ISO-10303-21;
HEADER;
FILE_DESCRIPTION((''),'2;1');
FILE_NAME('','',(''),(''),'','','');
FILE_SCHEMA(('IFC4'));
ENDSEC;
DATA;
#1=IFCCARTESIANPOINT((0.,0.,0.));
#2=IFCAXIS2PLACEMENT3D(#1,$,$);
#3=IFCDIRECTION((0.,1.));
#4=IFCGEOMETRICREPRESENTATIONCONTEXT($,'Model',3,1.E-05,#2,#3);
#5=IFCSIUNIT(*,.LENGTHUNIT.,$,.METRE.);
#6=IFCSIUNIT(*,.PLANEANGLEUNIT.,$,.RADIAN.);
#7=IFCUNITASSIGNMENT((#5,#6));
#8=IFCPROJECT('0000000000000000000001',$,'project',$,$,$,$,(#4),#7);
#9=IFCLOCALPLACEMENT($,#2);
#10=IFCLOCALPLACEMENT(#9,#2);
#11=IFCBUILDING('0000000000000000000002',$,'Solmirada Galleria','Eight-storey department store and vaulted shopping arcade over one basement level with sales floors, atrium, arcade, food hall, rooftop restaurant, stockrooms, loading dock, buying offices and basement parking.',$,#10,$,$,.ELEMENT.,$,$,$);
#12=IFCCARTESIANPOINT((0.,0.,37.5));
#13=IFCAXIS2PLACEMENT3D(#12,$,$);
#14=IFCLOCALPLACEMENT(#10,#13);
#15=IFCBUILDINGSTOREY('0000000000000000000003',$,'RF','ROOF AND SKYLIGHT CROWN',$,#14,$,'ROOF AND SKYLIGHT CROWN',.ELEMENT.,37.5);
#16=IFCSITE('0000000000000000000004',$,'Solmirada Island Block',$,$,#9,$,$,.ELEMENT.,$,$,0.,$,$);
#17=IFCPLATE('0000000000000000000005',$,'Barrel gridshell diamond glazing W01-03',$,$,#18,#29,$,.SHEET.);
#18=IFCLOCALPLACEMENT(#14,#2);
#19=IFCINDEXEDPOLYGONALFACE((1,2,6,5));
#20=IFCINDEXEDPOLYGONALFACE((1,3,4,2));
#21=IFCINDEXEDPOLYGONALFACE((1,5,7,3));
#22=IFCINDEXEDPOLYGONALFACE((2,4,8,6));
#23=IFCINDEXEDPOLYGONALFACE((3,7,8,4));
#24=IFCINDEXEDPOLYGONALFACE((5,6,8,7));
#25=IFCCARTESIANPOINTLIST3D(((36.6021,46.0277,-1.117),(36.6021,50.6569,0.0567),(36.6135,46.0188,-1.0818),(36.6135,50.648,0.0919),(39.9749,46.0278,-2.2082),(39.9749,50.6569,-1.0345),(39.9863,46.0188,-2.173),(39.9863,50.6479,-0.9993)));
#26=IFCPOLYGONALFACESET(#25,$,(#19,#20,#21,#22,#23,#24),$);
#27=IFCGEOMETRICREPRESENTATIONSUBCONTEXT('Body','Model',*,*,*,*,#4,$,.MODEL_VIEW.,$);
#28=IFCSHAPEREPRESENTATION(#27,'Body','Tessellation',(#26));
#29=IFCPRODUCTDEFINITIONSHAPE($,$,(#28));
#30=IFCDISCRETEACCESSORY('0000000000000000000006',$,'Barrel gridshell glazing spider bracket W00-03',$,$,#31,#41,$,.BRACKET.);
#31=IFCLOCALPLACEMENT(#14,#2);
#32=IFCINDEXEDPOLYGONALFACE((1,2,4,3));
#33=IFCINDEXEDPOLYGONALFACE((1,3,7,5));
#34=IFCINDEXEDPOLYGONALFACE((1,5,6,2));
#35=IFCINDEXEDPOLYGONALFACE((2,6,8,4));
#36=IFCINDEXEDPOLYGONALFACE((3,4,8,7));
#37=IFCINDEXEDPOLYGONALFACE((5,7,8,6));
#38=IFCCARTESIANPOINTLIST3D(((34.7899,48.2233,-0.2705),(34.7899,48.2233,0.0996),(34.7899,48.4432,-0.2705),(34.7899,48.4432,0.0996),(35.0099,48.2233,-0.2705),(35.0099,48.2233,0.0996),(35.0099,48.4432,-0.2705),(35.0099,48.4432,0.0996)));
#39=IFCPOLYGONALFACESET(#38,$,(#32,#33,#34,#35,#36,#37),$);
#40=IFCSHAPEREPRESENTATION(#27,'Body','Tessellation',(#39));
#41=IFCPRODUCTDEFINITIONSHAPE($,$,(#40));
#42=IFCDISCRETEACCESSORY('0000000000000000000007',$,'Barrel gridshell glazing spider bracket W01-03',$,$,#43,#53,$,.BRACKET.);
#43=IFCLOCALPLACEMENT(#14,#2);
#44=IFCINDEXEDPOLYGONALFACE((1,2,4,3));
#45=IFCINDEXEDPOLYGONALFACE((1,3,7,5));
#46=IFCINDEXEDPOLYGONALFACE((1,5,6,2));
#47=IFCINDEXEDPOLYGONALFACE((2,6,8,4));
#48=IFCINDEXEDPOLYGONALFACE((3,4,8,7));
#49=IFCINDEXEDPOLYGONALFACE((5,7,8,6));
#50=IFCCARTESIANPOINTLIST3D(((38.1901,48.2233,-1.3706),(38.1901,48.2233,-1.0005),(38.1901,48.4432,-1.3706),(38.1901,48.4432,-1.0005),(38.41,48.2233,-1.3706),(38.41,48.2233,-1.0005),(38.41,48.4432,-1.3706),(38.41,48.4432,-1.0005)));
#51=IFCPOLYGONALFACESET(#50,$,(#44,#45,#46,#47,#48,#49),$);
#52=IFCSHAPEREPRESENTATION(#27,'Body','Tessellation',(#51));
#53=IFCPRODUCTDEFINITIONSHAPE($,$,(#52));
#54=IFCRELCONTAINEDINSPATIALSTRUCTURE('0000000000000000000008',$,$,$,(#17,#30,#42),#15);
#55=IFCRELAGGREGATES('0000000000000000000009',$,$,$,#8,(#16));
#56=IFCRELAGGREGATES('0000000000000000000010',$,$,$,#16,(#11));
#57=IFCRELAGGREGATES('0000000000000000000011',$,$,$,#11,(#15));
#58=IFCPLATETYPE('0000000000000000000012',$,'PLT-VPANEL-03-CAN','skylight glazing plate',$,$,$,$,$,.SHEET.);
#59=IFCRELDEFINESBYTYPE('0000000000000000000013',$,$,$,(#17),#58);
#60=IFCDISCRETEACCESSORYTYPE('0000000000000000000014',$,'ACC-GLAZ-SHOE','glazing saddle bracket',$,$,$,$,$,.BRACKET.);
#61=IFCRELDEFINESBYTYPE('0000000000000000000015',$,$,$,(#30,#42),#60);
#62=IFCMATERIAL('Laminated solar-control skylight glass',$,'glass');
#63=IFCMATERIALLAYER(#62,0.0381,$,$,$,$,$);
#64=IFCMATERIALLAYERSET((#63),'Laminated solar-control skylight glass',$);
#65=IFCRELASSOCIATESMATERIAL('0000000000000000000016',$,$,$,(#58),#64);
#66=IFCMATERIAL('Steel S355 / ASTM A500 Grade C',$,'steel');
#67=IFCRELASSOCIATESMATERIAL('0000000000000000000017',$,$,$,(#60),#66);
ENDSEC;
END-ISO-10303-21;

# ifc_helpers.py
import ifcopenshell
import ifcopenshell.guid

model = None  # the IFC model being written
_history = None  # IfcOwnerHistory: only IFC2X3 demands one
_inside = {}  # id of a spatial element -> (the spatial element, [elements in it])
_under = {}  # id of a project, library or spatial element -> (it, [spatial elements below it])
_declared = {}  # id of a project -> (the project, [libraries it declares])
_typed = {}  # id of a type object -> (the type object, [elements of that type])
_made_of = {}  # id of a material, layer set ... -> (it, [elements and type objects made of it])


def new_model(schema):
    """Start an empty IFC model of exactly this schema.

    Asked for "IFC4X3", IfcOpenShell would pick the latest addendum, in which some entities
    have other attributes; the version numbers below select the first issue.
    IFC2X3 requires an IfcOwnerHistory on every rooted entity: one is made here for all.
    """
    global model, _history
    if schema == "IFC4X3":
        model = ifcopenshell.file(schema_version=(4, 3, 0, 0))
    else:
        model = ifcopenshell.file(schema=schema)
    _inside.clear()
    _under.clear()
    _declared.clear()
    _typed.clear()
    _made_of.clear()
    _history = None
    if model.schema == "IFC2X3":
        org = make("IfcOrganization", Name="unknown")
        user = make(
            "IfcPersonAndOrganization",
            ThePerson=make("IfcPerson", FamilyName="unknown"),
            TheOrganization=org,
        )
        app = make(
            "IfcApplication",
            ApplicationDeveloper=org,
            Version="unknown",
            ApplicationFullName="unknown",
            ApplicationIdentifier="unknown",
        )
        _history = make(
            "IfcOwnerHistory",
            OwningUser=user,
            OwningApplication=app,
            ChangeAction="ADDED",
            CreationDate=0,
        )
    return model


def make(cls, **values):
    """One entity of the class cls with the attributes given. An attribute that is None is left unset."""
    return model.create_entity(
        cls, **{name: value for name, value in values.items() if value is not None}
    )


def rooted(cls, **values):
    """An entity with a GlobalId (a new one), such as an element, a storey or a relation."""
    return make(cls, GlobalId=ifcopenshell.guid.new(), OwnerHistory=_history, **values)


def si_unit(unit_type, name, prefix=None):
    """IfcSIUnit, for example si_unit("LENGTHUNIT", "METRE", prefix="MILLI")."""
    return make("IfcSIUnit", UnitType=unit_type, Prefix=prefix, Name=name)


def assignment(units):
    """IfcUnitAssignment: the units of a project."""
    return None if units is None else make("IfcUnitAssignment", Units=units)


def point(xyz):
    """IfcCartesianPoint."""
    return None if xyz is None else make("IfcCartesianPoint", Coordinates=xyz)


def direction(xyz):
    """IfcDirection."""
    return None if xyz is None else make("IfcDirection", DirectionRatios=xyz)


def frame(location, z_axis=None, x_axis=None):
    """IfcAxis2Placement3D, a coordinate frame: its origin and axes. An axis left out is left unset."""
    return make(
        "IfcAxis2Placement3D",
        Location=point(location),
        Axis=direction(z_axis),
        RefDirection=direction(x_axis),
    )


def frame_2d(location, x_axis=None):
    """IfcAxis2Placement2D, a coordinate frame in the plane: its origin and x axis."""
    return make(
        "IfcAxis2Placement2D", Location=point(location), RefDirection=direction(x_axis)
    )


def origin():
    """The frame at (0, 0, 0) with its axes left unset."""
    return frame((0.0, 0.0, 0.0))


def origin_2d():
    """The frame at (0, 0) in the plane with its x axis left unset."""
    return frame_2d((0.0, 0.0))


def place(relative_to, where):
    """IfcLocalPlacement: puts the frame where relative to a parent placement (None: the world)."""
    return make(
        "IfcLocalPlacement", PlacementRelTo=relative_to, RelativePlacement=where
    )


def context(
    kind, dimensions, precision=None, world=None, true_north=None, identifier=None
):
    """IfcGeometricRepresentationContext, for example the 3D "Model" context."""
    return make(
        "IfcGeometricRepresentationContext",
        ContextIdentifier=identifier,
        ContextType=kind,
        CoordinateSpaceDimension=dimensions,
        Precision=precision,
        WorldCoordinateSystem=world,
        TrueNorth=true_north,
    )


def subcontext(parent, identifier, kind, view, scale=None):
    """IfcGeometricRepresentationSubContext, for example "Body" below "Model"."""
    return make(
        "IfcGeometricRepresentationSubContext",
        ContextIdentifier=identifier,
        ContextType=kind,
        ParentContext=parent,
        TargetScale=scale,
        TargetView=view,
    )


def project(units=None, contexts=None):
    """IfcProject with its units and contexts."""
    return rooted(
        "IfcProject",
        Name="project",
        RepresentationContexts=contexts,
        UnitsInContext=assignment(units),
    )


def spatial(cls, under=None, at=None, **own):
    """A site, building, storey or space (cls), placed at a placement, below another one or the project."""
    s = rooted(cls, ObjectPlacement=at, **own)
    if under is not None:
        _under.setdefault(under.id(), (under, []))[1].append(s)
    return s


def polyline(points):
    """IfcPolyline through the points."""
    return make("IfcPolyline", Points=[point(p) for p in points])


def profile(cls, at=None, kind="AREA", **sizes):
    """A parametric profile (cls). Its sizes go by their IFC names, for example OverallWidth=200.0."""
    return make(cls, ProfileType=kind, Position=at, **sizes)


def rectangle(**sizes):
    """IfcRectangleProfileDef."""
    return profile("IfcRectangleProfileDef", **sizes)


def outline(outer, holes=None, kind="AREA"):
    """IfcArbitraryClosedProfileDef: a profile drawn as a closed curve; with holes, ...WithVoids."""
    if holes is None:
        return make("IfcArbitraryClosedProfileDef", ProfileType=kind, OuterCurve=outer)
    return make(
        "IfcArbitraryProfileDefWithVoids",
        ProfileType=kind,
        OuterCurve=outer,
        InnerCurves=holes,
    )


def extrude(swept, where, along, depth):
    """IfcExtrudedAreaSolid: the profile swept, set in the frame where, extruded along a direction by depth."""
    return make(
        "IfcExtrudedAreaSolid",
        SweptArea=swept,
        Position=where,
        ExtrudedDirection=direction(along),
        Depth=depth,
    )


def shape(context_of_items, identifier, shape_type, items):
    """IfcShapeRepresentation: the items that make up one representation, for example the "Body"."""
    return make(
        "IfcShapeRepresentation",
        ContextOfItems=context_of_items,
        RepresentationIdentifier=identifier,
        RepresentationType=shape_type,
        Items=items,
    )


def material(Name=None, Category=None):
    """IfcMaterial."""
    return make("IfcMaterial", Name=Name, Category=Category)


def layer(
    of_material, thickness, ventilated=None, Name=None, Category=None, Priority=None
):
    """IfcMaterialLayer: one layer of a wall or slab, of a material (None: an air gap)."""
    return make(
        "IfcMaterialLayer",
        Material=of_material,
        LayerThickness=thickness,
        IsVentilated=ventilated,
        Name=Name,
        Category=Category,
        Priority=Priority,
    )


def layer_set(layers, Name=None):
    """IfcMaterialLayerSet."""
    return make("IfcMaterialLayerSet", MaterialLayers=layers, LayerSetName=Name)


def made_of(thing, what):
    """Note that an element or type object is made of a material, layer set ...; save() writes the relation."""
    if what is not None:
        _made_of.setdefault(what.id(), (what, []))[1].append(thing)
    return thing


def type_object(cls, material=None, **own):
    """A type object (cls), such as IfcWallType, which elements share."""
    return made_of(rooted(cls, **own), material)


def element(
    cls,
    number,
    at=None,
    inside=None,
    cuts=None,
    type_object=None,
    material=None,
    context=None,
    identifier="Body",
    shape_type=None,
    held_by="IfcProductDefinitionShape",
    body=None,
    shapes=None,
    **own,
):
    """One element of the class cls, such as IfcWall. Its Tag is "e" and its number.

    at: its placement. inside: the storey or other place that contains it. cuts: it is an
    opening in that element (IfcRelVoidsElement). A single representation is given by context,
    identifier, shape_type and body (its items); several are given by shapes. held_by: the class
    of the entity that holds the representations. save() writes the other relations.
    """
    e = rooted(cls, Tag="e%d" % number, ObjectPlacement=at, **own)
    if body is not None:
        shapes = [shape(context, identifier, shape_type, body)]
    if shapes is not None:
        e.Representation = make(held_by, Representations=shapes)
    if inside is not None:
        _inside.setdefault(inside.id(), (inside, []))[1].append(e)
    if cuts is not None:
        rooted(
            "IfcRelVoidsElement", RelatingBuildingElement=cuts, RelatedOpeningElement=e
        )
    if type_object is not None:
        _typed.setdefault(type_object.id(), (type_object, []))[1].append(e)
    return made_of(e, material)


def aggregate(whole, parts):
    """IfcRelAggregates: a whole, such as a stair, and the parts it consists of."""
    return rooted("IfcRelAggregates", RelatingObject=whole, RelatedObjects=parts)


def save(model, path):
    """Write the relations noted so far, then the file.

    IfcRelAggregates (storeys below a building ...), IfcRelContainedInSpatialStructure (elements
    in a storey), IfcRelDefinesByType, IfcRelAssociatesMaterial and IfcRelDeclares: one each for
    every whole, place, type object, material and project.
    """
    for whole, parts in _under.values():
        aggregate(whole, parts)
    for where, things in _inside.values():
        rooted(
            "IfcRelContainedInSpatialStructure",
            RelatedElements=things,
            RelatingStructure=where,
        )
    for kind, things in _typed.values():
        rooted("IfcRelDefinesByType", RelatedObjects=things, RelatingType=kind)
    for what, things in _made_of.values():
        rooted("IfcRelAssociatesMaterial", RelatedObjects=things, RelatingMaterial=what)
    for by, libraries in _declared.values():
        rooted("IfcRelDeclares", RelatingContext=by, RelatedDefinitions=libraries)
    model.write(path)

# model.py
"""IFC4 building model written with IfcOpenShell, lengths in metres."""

from ifc_helpers import new_model, si_unit, direction, frame, origin, origin_2d, place, context, subcontext, project, spatial, polyline, rectangle, outline, extrude, material, layer, layer_set, type_object, element, save


model = new_model("IFC4")

# Units and contexts
model_context = context("Model", 3, precision=1e-05, world=origin(), true_north=direction((0.0, 1.0)))
body_context = subcontext(model_context, "Body", "Model", "MODEL_VIEW")
ifc_project = project(units=[si_unit("LENGTHUNIT", "METRE"), si_unit("PLANEANGLEUNIT", "RADIAN")], contexts=[model_context])

# Site, building, storey
site_placement = place(None, origin())
site = spatial("IfcSite", under=ifc_project, at=site_placement, Name="Solmirada Island Block", CompositionType="ELEMENT", RefElevation=0.0)
building_placement = place(site_placement, origin())
building = spatial("IfcBuilding", under=site, at=building_placement, Name="Solmirada Galleria", Description="Eight-storey department store and vaulted shopping arcade over one basement level with sales floors, atrium, arcade, food hall, rooftop restaurant, stockrooms, loading dock, buying offices and basement parking.", CompositionType="ELEMENT")
storey_placement = place(building_placement, frame((0.0, 0.0, 37.5)))
storey = spatial("IfcBuildingStorey", under=building, at=storey_placement, Name="RF", Description="ROOF AND SKYLIGHT CROWN", LongName="ROOF AND SKYLIGHT CROWN", CompositionType="ELEMENT", Elevation=37.5)

# Shared definitions
ifc_material_1 = material(Name="Steel S355 / ASTM A500 Grade C", Category="steel")

# Plate
ifc_material_2 = material(Name="Laminated solar-control skylight glass", Category="glass")
ifc_layer_1 = layer(ifc_material_2, 0.0381)
ifc_layer_set_1 = layer_set([ifc_layer_1], Name="Laminated solar-control skylight glass")
plate_type_1 = type_object("IfcPlateType", Name="PLT-VPANEL-03-CAN", Description="skylight glazing plate", PredefinedType="SHEET", material=ifc_layer_set_1)
plate_1_placement = place(storey_placement, frame((36.6135, 46.0188, -1.0818), z_axis=(0.299233, -0.234509, 0.924914), x_axis=(0.951446, 0.000007, -0.307815)))
element("IfcPlate", 1, at=plate_1_placement, inside=storey, type_object=plate_type_1, Name="Barrel gridshell diamond glazing W01-03", PredefinedType="SHEET", context=body_context, shape_type="SweptSolid", body=[
    extrude(outline(polyline([(0.0, 0.0), (3.5449, 0.0), (3.1837, 4.7619), (-0.3613, 4.762), (0.0, 0.0)])), origin(), (0.0, 0.0, -1.0), 0.0381),
])

# Discrete accessories
discrete_accessory_type = type_object("IfcDiscreteAccessoryType", Name="ACC-GLAZ-SHOE", Description="glazing saddle bracket", PredefinedType="BRACKET", material=ifc_material_1)
for number, where, z_axis, x_axis, name in (
    (2, (34.8999, 48.3333, -0.2705), (0.0, 0.0, 1.0), (1.0, 0.0, 0.0), "Barrel gridshell glazing spider bracket W00-03"),
    (3, (38.3, 48.3333, -1.3706), (0.0, 0.0, 1.0), (1.0, 0.0, 0.0), "Barrel gridshell glazing spider bracket W01-03"),
):
    element("IfcDiscreteAccessory", number, at=place(storey_placement, frame(where, z_axis=z_axis, x_axis=x_axis)), inside=storey, type_object=discrete_accessory_type, Name=name, PredefinedType="BRACKET", context=body_context, shape_type="SweptSolid", body=[
        extrude(rectangle(XDim=0.22, YDim=0.22, at=origin_2d()), origin(), (0.0, 0.0, 1.0), 0.3701),
    ])

save(model, "model.ifc")
